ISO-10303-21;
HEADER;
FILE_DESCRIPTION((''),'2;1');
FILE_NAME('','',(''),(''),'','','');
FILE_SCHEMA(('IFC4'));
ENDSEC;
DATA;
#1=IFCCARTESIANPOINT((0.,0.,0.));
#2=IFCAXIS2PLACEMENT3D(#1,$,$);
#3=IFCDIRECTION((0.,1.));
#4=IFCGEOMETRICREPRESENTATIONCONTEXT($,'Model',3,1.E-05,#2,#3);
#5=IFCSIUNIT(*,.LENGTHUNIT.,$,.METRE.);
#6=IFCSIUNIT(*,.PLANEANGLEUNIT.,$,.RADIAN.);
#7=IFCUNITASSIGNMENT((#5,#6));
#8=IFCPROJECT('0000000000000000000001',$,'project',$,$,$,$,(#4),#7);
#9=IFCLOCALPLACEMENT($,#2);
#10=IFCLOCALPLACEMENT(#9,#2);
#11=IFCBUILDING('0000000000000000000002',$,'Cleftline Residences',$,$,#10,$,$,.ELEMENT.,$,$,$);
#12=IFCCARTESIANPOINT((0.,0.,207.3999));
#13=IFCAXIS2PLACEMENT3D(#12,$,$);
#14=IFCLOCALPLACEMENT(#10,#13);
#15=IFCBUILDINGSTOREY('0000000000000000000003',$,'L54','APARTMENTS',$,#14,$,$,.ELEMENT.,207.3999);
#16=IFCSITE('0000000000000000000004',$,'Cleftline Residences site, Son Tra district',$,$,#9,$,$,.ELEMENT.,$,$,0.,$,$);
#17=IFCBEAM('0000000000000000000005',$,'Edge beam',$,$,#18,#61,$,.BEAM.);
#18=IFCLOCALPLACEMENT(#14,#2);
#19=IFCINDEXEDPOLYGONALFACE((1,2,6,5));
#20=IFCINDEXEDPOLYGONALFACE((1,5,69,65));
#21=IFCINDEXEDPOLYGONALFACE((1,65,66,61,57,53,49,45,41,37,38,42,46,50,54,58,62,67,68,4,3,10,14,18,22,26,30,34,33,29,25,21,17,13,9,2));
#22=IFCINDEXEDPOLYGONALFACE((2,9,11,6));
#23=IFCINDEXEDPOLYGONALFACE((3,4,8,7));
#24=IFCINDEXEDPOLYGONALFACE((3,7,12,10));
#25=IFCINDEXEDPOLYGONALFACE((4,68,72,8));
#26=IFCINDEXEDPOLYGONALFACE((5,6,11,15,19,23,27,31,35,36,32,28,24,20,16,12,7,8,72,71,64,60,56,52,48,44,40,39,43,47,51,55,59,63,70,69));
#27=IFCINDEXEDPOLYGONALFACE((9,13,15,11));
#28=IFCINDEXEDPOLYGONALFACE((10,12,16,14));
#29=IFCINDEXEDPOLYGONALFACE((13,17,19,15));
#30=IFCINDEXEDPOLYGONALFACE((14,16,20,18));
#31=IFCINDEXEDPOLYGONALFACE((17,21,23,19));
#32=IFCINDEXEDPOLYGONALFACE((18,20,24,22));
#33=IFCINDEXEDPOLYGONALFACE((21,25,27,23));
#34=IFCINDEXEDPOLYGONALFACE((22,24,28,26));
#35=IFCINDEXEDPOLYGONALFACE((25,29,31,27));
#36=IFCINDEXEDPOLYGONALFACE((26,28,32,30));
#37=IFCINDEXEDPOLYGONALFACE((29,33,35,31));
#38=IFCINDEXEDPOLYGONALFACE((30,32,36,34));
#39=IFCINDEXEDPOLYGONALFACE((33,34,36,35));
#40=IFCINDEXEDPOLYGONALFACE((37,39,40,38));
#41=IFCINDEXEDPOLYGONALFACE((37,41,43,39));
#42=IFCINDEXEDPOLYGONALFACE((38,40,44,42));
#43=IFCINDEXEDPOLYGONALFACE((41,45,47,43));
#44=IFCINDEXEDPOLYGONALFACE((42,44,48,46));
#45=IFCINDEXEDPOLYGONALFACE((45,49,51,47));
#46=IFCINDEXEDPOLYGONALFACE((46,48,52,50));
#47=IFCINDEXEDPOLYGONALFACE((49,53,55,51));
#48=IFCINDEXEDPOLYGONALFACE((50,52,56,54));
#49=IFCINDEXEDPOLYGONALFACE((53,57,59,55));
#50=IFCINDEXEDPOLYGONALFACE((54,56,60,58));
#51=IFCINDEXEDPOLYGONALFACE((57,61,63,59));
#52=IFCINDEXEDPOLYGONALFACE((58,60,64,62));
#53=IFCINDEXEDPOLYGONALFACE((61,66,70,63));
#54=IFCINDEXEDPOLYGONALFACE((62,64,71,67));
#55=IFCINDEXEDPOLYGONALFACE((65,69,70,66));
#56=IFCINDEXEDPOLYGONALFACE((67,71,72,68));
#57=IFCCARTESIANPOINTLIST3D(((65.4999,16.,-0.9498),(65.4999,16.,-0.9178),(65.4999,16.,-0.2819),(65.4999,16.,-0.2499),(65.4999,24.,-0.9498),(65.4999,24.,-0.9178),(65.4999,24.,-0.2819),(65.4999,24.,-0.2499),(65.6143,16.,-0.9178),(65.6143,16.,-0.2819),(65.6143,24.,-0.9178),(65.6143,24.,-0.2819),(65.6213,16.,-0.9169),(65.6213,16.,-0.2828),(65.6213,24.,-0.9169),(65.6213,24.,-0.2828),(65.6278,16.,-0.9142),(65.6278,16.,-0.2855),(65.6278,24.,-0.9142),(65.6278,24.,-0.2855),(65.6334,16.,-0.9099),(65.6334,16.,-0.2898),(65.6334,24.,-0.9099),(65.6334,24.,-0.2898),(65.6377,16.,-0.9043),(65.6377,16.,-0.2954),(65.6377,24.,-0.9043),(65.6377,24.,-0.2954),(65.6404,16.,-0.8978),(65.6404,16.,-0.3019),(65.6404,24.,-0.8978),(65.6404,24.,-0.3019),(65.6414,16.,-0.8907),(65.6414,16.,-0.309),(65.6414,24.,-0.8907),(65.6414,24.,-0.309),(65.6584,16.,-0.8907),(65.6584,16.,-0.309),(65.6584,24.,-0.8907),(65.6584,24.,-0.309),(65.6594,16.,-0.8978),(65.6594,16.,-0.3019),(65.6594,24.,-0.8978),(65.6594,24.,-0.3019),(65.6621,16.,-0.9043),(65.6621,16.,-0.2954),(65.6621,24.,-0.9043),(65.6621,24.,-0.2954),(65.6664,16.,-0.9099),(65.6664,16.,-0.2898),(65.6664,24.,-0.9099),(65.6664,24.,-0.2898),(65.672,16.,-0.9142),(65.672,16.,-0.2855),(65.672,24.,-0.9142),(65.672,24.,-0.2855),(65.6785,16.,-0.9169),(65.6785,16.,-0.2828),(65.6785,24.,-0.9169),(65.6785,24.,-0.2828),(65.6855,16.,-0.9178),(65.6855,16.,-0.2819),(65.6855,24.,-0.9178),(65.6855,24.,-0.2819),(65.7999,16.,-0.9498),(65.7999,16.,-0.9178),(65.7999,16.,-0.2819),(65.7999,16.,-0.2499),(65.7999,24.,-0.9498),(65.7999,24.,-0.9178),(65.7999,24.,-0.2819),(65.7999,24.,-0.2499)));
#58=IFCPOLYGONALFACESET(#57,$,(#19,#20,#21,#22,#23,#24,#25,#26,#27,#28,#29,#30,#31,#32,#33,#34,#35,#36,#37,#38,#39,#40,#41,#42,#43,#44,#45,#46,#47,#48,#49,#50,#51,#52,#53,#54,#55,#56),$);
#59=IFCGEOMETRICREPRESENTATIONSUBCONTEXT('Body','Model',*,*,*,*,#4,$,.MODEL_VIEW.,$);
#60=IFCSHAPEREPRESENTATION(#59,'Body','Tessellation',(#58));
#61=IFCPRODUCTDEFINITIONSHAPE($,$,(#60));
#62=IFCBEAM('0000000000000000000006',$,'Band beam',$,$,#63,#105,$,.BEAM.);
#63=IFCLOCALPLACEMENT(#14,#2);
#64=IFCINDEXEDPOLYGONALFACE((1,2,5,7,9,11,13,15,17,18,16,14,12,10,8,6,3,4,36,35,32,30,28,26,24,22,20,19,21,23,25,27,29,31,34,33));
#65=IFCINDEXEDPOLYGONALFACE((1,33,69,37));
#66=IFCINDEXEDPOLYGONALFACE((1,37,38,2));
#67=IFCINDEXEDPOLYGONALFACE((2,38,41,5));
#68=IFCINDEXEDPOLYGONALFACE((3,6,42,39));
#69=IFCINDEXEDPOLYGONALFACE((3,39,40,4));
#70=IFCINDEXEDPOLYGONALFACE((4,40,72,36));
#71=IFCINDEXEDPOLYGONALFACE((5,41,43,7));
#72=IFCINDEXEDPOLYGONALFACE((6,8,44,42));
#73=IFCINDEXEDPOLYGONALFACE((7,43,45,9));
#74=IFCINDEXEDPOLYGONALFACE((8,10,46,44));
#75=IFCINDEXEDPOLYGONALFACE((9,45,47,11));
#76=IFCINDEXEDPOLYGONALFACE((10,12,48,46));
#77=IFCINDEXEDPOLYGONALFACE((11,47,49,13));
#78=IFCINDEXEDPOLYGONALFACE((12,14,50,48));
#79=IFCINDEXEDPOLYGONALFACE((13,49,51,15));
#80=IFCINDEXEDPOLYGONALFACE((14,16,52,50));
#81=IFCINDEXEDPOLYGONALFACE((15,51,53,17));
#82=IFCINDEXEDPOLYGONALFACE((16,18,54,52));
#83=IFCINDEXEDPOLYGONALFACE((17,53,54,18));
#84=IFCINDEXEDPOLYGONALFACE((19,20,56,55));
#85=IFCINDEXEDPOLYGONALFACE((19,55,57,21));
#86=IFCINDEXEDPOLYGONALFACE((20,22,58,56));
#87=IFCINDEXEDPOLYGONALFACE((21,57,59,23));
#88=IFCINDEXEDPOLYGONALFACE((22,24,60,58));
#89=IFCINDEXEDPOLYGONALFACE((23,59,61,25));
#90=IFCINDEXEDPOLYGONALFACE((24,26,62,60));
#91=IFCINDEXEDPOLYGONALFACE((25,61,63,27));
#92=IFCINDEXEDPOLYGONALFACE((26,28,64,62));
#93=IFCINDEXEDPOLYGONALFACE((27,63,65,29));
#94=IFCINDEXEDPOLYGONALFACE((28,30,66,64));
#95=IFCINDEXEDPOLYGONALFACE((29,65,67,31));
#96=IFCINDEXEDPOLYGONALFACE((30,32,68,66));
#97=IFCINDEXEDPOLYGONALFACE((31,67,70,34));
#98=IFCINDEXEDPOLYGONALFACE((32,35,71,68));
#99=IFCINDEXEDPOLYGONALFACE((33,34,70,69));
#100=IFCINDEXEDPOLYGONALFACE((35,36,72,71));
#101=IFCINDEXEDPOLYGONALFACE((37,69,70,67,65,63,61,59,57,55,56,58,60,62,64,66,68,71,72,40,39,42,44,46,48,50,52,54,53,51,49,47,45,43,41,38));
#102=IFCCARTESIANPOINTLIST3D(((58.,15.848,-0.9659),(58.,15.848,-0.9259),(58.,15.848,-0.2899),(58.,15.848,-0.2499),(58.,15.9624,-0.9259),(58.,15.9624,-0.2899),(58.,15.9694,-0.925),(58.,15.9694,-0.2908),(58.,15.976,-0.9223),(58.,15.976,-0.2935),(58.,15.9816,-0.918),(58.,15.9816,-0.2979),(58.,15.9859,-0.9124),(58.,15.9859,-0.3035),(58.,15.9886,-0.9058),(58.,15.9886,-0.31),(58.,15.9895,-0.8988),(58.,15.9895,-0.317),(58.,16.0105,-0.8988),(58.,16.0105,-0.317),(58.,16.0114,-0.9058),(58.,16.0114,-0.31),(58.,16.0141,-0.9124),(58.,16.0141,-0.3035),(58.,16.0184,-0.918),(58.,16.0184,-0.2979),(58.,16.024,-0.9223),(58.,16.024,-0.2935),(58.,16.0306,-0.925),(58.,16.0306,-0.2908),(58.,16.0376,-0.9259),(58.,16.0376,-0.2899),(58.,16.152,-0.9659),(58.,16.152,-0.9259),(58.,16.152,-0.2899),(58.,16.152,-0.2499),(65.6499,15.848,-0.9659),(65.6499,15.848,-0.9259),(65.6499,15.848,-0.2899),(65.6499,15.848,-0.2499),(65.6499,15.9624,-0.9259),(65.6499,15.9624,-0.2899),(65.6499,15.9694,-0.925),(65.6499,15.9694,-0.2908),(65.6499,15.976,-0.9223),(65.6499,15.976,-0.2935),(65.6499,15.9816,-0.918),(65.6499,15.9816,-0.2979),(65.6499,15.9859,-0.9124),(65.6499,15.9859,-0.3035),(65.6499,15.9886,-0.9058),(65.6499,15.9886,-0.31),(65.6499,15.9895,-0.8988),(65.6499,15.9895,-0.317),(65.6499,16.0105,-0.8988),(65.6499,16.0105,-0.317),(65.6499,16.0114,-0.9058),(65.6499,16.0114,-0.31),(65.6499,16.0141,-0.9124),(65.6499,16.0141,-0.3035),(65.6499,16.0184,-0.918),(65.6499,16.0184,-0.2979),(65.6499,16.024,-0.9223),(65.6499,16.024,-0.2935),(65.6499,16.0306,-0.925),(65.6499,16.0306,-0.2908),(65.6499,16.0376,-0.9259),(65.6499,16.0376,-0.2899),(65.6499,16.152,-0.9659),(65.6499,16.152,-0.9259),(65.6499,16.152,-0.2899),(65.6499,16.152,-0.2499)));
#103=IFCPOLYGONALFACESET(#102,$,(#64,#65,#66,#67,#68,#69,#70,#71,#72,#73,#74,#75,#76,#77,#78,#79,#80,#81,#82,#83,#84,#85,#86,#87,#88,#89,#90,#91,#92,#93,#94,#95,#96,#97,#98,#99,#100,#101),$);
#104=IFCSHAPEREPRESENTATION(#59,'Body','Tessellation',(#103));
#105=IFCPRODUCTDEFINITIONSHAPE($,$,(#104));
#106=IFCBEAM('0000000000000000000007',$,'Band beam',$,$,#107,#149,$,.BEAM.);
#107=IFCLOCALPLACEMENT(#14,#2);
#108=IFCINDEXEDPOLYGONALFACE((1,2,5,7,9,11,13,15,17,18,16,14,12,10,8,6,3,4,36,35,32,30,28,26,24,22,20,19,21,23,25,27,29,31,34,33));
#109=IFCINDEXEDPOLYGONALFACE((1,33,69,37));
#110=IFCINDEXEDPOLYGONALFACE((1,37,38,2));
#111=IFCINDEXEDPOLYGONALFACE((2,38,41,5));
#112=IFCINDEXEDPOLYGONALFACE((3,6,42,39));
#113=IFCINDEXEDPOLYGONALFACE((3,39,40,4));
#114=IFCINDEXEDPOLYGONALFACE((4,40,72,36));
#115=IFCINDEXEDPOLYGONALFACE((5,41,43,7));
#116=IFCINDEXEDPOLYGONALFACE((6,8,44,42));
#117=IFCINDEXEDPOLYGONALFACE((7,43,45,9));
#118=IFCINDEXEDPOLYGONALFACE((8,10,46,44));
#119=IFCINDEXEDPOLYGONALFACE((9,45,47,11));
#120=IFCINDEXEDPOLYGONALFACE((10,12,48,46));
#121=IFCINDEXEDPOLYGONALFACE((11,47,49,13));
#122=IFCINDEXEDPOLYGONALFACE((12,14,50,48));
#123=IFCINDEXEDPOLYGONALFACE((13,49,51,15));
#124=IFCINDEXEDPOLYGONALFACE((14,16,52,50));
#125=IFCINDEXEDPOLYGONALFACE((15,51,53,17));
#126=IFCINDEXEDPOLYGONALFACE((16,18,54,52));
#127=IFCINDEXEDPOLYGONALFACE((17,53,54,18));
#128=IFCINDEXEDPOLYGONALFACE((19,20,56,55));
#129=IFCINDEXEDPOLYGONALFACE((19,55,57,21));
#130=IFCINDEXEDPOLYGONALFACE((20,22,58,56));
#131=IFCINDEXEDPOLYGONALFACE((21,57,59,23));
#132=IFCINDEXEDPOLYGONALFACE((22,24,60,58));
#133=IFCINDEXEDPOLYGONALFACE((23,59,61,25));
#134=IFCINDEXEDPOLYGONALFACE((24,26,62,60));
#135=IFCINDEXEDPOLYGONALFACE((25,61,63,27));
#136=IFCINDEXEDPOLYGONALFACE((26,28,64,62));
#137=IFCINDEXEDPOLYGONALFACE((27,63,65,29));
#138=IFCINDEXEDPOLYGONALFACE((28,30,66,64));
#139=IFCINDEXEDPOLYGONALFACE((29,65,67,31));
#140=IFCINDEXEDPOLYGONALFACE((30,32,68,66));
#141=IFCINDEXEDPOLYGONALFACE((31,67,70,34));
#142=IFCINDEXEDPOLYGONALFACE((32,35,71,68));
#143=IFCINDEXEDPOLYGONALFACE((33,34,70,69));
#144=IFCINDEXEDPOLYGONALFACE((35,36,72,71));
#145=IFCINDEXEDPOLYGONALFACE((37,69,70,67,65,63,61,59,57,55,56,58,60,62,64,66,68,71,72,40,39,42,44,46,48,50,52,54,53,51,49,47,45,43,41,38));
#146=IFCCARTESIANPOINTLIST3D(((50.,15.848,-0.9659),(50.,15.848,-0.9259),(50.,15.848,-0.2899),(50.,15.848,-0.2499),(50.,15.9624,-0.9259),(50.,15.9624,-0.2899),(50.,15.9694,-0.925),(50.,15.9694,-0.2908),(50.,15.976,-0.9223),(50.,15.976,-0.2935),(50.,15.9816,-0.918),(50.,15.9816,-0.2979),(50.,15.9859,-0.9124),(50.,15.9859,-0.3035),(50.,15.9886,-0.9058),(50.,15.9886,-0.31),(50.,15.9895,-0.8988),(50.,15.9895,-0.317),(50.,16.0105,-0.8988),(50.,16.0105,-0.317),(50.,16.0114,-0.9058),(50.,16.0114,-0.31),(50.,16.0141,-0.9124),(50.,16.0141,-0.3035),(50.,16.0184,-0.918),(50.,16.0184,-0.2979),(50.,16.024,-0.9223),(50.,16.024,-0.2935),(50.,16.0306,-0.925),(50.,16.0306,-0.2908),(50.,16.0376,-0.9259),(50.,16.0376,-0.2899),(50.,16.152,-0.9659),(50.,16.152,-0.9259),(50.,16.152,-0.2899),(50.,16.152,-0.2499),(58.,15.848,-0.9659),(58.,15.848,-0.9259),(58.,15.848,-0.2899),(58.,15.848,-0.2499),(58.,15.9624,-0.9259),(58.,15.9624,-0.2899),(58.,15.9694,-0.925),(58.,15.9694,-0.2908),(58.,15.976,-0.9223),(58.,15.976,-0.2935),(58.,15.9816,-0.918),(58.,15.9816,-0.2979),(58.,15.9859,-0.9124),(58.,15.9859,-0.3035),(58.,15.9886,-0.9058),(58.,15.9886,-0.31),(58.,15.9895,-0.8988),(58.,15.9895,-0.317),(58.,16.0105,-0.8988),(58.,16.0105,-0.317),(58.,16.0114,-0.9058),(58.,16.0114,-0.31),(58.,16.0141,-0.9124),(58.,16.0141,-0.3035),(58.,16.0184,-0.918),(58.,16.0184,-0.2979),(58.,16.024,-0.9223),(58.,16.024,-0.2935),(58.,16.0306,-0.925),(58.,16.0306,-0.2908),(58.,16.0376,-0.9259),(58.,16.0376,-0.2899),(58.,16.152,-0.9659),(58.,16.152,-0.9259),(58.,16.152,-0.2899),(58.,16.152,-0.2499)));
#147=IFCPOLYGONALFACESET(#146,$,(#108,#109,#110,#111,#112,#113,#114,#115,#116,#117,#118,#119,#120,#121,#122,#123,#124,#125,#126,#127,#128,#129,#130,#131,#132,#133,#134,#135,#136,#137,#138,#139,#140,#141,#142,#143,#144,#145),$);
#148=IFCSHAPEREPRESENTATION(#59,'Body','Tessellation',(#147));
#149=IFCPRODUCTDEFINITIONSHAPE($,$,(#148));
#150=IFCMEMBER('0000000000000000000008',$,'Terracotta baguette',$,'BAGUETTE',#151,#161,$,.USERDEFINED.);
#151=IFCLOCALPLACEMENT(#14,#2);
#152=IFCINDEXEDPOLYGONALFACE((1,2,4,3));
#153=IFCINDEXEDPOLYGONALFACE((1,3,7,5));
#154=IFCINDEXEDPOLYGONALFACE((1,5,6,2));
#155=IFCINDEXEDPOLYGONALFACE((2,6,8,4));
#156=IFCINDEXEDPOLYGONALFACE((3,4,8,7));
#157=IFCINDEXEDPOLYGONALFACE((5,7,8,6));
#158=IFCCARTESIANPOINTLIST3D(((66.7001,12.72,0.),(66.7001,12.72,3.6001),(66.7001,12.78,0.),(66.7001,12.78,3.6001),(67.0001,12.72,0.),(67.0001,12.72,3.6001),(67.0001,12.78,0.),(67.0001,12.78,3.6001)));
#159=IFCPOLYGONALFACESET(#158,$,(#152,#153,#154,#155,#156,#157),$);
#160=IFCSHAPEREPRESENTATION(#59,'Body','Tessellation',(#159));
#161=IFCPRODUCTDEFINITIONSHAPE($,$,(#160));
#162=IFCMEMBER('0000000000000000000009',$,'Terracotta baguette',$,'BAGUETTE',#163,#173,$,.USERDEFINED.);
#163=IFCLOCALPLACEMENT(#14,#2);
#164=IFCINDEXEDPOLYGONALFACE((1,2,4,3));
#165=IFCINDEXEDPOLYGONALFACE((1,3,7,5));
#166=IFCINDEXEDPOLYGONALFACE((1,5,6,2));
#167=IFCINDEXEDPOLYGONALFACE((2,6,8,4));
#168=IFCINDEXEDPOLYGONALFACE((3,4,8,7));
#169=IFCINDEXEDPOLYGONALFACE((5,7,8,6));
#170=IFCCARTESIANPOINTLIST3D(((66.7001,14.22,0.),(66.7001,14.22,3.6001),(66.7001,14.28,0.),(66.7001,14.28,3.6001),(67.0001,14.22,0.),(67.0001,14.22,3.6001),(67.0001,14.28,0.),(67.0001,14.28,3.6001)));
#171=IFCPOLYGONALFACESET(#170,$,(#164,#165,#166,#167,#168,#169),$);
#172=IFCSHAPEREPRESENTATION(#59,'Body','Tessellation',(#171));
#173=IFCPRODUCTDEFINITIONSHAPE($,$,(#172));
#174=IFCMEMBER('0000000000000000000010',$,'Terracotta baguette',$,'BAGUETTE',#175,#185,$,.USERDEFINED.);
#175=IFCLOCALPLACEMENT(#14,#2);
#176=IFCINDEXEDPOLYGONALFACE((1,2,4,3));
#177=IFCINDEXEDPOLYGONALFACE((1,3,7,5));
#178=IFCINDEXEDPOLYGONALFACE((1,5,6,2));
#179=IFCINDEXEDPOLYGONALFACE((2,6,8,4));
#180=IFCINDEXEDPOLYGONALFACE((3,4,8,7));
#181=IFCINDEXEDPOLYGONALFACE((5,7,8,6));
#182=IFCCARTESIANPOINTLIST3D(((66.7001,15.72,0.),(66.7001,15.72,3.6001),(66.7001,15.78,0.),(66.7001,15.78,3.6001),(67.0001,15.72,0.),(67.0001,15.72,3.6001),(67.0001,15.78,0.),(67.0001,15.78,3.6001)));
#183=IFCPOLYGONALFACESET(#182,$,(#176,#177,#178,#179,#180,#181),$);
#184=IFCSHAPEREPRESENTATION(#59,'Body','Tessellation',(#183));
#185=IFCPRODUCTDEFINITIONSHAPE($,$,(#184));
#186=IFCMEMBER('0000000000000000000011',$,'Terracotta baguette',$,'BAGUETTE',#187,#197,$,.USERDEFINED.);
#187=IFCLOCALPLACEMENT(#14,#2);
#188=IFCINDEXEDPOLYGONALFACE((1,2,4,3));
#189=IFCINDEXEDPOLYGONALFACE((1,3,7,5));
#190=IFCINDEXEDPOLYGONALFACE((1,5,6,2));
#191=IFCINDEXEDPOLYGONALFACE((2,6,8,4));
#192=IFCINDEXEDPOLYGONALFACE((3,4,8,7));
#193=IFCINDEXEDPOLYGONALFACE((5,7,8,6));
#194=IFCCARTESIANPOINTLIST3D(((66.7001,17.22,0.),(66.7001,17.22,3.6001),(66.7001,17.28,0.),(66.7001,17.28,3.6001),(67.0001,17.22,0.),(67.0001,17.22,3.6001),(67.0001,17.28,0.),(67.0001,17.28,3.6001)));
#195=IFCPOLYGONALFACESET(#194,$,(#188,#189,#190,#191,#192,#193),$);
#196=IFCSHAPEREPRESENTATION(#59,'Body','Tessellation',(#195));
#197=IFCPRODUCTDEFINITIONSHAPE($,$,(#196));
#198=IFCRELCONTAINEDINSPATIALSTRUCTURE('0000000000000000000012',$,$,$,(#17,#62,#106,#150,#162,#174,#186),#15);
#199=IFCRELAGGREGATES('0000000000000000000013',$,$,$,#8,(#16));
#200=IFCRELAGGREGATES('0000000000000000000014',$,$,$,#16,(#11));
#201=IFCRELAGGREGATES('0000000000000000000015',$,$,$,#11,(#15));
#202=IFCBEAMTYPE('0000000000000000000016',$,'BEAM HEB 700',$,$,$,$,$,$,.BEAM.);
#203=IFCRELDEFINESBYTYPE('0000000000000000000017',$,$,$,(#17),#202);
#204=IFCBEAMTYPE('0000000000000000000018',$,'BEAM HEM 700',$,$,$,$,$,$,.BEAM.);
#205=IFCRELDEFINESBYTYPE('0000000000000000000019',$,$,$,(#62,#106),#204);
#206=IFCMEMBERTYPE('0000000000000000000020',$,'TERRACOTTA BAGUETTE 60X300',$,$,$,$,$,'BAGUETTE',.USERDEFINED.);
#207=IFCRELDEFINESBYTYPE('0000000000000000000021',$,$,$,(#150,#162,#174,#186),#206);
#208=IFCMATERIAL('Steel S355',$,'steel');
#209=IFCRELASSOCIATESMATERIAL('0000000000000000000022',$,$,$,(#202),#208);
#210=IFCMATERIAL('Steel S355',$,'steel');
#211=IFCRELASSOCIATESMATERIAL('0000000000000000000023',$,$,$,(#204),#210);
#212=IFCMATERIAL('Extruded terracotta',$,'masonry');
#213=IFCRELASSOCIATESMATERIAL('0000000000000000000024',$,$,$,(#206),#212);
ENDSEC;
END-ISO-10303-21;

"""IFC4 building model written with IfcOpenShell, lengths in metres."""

from ifc_helpers import new_model, si_unit, direction, frame, origin, origin_2d, place, context, subcontext, project, spatial, rectangle, i_section, extrude, material, material_profile, profile_set, type_object, element, save


model = new_model("IFC4")

# Units and contexts
model_context = context("Model", 3, precision=1e-05, world=origin(), true_north=direction((0.0, 1.0)))
body_context = subcontext(model_context, "Body", "Model", "MODEL_VIEW")
ifc_project = project(units=[si_unit("LENGTHUNIT", "METRE"), si_unit("PLANEANGLEUNIT", "RADIAN")], contexts=[model_context])

# Site, building, storey
site_placement = place(None, origin())
site = spatial("IfcSite", under=ifc_project, at=site_placement, Name="Cleftline Residences site, Son Tra district", CompositionType="ELEMENT", RefElevation=0.0)
building_placement = place(site_placement, origin())
building = spatial("IfcBuilding", under=site, at=building_placement, Name="Cleftline Residences", CompositionType="ELEMENT")
storey_placement = place(building_placement, frame((0.0, 0.0, 207.3999)))
storey = spatial("IfcBuildingStorey", under=building, at=storey_placement, Name="L54", Description="APARTMENTS", CompositionType="ELEMENT", Elevation=207.3999)

# Beams
ifc_material_1 = material(Name="Steel S355", Category="steel")
ifc_material_profile_1 = material_profile(ifc_material_1, i_section(OverallWidth=0.3, OverallDepth=0.7, WebThickness=0.0171, FlangeThickness=0.032, FilletRadius=0.0271, at=origin_2d()))
ifc_profile_set_1 = profile_set([ifc_material_profile_1], Name="Steel S355")
beam_type_1 = type_object("IfcBeamType", Name="BEAM HEB 700", PredefinedType="BEAM", material=ifc_profile_set_1)
beam_1_placement = place(storey_placement, frame((65.6499, 16.0, -0.5999), z_axis=(0.0, 1.0, 0.0), x_axis=(-1.0, 0.0, 0.0)))
element("IfcBeam", 1, at=beam_1_placement, inside=storey, type_object=beam_type_1, Name="Edge beam", PredefinedType="BEAM", context=body_context, shape_type="SweptSolid", body=[
    extrude(i_section(OverallWidth=0.3, OverallDepth=0.7, WebThickness=0.0171, FlangeThickness=0.032, FilletRadius=0.0271, at=origin_2d()), origin(), (0.0, 0.0, 1.0), 8.0),
])
ifc_material_2 = material(Name="Steel S355", Category="steel")
ifc_material_profile_2 = material_profile(ifc_material_2, i_section(OverallWidth=0.304, OverallDepth=0.7161, WebThickness=0.021, FlangeThickness=0.04, FilletRadius=0.0271, at=origin_2d()))
ifc_profile_set_2 = profile_set([ifc_material_profile_2], Name="Steel S355")
beam_type_2 = type_object("IfcBeamType", Name="BEAM HEM 700", PredefinedType="BEAM", material=ifc_profile_set_2)
beam_2_placement = place(storey_placement, frame((65.6499, 16.0, -0.6079), z_axis=(-1.0, 0.0, 0.0), x_axis=(0.0, -1.0, 0.0)))
element("IfcBeam", 2, at=beam_2_placement, inside=storey, type_object=beam_type_2, Name="Band beam", PredefinedType="BEAM", context=body_context, shape_type="SweptSolid", body=[
    extrude(i_section(OverallWidth=0.304, OverallDepth=0.7161, WebThickness=0.021, FlangeThickness=0.04, FilletRadius=0.0271, at=origin_2d()), origin(), (0.0, 0.0, 1.0), 7.6499),
])
beam_3_placement = place(storey_placement, frame((58.0, 16.0, -0.6079), z_axis=(-1.0, 0.0, 0.0), x_axis=(0.0, -1.0, 0.0)))
element("IfcBeam", 3, at=beam_3_placement, inside=storey, type_object=beam_type_2, Name="Band beam", PredefinedType="BEAM", context=body_context, shape_type="SweptSolid", body=[
    extrude(i_section(OverallWidth=0.304, OverallDepth=0.7161, WebThickness=0.021, FlangeThickness=0.04, FilletRadius=0.0271, at=origin_2d()), origin(), (0.0, 0.0, 1.0), 8.0),
])

# Members
ifc_material_3 = material(Name="Extruded terracotta", Category="masonry")
ifc_material_profile_3 = material_profile(ifc_material_3, rectangle(XDim=0.0601, YDim=0.3, at=origin_2d()))
ifc_profile_set_3 = profile_set([ifc_material_profile_3], Name="Extruded terracotta")
member_type_1 = type_object("IfcMemberType", Name="TERRACOTTA BAGUETTE 60X300", ElementType="BAGUETTE", PredefinedType="USERDEFINED", material=ifc_profile_set_3)
for number, where, z_axis, x_axis, name in (
    (4, (66.8501, 12.75, 0.0), (0.0, 0.0, 1.0), (0.0, 1.0, 0.0), "Terracotta baguette"),
    (5, (66.8501, 14.25, 0.0), (0.0, 0.0, 1.0), (0.0, 1.0, 0.0), "Terracotta baguette"),
    (6, (66.8501, 15.75, 0.0), (0.0, 0.0, 1.0), (0.0, 1.0, 0.0), "Terracotta baguette"),
    (7, (66.8501, 17.25, 0.0), (0.0, 0.0, 1.0), (0.0, 1.0, 0.0), "Terracotta baguette"),
):
    element("IfcMember", number, at=place(storey_placement, frame(where, z_axis=z_axis, x_axis=x_axis)), inside=storey, type_object=member_type_1, Name=name, ObjectType="BAGUETTE", PredefinedType="USERDEFINED", context=body_context, shape_type="SweptSolid", body=[
        extrude(rectangle(XDim=0.0601, YDim=0.3, at=origin_2d()), origin(), (0.0, 0.0, 1.0), 3.6001),
    ])

save(model, "model.ifc")
